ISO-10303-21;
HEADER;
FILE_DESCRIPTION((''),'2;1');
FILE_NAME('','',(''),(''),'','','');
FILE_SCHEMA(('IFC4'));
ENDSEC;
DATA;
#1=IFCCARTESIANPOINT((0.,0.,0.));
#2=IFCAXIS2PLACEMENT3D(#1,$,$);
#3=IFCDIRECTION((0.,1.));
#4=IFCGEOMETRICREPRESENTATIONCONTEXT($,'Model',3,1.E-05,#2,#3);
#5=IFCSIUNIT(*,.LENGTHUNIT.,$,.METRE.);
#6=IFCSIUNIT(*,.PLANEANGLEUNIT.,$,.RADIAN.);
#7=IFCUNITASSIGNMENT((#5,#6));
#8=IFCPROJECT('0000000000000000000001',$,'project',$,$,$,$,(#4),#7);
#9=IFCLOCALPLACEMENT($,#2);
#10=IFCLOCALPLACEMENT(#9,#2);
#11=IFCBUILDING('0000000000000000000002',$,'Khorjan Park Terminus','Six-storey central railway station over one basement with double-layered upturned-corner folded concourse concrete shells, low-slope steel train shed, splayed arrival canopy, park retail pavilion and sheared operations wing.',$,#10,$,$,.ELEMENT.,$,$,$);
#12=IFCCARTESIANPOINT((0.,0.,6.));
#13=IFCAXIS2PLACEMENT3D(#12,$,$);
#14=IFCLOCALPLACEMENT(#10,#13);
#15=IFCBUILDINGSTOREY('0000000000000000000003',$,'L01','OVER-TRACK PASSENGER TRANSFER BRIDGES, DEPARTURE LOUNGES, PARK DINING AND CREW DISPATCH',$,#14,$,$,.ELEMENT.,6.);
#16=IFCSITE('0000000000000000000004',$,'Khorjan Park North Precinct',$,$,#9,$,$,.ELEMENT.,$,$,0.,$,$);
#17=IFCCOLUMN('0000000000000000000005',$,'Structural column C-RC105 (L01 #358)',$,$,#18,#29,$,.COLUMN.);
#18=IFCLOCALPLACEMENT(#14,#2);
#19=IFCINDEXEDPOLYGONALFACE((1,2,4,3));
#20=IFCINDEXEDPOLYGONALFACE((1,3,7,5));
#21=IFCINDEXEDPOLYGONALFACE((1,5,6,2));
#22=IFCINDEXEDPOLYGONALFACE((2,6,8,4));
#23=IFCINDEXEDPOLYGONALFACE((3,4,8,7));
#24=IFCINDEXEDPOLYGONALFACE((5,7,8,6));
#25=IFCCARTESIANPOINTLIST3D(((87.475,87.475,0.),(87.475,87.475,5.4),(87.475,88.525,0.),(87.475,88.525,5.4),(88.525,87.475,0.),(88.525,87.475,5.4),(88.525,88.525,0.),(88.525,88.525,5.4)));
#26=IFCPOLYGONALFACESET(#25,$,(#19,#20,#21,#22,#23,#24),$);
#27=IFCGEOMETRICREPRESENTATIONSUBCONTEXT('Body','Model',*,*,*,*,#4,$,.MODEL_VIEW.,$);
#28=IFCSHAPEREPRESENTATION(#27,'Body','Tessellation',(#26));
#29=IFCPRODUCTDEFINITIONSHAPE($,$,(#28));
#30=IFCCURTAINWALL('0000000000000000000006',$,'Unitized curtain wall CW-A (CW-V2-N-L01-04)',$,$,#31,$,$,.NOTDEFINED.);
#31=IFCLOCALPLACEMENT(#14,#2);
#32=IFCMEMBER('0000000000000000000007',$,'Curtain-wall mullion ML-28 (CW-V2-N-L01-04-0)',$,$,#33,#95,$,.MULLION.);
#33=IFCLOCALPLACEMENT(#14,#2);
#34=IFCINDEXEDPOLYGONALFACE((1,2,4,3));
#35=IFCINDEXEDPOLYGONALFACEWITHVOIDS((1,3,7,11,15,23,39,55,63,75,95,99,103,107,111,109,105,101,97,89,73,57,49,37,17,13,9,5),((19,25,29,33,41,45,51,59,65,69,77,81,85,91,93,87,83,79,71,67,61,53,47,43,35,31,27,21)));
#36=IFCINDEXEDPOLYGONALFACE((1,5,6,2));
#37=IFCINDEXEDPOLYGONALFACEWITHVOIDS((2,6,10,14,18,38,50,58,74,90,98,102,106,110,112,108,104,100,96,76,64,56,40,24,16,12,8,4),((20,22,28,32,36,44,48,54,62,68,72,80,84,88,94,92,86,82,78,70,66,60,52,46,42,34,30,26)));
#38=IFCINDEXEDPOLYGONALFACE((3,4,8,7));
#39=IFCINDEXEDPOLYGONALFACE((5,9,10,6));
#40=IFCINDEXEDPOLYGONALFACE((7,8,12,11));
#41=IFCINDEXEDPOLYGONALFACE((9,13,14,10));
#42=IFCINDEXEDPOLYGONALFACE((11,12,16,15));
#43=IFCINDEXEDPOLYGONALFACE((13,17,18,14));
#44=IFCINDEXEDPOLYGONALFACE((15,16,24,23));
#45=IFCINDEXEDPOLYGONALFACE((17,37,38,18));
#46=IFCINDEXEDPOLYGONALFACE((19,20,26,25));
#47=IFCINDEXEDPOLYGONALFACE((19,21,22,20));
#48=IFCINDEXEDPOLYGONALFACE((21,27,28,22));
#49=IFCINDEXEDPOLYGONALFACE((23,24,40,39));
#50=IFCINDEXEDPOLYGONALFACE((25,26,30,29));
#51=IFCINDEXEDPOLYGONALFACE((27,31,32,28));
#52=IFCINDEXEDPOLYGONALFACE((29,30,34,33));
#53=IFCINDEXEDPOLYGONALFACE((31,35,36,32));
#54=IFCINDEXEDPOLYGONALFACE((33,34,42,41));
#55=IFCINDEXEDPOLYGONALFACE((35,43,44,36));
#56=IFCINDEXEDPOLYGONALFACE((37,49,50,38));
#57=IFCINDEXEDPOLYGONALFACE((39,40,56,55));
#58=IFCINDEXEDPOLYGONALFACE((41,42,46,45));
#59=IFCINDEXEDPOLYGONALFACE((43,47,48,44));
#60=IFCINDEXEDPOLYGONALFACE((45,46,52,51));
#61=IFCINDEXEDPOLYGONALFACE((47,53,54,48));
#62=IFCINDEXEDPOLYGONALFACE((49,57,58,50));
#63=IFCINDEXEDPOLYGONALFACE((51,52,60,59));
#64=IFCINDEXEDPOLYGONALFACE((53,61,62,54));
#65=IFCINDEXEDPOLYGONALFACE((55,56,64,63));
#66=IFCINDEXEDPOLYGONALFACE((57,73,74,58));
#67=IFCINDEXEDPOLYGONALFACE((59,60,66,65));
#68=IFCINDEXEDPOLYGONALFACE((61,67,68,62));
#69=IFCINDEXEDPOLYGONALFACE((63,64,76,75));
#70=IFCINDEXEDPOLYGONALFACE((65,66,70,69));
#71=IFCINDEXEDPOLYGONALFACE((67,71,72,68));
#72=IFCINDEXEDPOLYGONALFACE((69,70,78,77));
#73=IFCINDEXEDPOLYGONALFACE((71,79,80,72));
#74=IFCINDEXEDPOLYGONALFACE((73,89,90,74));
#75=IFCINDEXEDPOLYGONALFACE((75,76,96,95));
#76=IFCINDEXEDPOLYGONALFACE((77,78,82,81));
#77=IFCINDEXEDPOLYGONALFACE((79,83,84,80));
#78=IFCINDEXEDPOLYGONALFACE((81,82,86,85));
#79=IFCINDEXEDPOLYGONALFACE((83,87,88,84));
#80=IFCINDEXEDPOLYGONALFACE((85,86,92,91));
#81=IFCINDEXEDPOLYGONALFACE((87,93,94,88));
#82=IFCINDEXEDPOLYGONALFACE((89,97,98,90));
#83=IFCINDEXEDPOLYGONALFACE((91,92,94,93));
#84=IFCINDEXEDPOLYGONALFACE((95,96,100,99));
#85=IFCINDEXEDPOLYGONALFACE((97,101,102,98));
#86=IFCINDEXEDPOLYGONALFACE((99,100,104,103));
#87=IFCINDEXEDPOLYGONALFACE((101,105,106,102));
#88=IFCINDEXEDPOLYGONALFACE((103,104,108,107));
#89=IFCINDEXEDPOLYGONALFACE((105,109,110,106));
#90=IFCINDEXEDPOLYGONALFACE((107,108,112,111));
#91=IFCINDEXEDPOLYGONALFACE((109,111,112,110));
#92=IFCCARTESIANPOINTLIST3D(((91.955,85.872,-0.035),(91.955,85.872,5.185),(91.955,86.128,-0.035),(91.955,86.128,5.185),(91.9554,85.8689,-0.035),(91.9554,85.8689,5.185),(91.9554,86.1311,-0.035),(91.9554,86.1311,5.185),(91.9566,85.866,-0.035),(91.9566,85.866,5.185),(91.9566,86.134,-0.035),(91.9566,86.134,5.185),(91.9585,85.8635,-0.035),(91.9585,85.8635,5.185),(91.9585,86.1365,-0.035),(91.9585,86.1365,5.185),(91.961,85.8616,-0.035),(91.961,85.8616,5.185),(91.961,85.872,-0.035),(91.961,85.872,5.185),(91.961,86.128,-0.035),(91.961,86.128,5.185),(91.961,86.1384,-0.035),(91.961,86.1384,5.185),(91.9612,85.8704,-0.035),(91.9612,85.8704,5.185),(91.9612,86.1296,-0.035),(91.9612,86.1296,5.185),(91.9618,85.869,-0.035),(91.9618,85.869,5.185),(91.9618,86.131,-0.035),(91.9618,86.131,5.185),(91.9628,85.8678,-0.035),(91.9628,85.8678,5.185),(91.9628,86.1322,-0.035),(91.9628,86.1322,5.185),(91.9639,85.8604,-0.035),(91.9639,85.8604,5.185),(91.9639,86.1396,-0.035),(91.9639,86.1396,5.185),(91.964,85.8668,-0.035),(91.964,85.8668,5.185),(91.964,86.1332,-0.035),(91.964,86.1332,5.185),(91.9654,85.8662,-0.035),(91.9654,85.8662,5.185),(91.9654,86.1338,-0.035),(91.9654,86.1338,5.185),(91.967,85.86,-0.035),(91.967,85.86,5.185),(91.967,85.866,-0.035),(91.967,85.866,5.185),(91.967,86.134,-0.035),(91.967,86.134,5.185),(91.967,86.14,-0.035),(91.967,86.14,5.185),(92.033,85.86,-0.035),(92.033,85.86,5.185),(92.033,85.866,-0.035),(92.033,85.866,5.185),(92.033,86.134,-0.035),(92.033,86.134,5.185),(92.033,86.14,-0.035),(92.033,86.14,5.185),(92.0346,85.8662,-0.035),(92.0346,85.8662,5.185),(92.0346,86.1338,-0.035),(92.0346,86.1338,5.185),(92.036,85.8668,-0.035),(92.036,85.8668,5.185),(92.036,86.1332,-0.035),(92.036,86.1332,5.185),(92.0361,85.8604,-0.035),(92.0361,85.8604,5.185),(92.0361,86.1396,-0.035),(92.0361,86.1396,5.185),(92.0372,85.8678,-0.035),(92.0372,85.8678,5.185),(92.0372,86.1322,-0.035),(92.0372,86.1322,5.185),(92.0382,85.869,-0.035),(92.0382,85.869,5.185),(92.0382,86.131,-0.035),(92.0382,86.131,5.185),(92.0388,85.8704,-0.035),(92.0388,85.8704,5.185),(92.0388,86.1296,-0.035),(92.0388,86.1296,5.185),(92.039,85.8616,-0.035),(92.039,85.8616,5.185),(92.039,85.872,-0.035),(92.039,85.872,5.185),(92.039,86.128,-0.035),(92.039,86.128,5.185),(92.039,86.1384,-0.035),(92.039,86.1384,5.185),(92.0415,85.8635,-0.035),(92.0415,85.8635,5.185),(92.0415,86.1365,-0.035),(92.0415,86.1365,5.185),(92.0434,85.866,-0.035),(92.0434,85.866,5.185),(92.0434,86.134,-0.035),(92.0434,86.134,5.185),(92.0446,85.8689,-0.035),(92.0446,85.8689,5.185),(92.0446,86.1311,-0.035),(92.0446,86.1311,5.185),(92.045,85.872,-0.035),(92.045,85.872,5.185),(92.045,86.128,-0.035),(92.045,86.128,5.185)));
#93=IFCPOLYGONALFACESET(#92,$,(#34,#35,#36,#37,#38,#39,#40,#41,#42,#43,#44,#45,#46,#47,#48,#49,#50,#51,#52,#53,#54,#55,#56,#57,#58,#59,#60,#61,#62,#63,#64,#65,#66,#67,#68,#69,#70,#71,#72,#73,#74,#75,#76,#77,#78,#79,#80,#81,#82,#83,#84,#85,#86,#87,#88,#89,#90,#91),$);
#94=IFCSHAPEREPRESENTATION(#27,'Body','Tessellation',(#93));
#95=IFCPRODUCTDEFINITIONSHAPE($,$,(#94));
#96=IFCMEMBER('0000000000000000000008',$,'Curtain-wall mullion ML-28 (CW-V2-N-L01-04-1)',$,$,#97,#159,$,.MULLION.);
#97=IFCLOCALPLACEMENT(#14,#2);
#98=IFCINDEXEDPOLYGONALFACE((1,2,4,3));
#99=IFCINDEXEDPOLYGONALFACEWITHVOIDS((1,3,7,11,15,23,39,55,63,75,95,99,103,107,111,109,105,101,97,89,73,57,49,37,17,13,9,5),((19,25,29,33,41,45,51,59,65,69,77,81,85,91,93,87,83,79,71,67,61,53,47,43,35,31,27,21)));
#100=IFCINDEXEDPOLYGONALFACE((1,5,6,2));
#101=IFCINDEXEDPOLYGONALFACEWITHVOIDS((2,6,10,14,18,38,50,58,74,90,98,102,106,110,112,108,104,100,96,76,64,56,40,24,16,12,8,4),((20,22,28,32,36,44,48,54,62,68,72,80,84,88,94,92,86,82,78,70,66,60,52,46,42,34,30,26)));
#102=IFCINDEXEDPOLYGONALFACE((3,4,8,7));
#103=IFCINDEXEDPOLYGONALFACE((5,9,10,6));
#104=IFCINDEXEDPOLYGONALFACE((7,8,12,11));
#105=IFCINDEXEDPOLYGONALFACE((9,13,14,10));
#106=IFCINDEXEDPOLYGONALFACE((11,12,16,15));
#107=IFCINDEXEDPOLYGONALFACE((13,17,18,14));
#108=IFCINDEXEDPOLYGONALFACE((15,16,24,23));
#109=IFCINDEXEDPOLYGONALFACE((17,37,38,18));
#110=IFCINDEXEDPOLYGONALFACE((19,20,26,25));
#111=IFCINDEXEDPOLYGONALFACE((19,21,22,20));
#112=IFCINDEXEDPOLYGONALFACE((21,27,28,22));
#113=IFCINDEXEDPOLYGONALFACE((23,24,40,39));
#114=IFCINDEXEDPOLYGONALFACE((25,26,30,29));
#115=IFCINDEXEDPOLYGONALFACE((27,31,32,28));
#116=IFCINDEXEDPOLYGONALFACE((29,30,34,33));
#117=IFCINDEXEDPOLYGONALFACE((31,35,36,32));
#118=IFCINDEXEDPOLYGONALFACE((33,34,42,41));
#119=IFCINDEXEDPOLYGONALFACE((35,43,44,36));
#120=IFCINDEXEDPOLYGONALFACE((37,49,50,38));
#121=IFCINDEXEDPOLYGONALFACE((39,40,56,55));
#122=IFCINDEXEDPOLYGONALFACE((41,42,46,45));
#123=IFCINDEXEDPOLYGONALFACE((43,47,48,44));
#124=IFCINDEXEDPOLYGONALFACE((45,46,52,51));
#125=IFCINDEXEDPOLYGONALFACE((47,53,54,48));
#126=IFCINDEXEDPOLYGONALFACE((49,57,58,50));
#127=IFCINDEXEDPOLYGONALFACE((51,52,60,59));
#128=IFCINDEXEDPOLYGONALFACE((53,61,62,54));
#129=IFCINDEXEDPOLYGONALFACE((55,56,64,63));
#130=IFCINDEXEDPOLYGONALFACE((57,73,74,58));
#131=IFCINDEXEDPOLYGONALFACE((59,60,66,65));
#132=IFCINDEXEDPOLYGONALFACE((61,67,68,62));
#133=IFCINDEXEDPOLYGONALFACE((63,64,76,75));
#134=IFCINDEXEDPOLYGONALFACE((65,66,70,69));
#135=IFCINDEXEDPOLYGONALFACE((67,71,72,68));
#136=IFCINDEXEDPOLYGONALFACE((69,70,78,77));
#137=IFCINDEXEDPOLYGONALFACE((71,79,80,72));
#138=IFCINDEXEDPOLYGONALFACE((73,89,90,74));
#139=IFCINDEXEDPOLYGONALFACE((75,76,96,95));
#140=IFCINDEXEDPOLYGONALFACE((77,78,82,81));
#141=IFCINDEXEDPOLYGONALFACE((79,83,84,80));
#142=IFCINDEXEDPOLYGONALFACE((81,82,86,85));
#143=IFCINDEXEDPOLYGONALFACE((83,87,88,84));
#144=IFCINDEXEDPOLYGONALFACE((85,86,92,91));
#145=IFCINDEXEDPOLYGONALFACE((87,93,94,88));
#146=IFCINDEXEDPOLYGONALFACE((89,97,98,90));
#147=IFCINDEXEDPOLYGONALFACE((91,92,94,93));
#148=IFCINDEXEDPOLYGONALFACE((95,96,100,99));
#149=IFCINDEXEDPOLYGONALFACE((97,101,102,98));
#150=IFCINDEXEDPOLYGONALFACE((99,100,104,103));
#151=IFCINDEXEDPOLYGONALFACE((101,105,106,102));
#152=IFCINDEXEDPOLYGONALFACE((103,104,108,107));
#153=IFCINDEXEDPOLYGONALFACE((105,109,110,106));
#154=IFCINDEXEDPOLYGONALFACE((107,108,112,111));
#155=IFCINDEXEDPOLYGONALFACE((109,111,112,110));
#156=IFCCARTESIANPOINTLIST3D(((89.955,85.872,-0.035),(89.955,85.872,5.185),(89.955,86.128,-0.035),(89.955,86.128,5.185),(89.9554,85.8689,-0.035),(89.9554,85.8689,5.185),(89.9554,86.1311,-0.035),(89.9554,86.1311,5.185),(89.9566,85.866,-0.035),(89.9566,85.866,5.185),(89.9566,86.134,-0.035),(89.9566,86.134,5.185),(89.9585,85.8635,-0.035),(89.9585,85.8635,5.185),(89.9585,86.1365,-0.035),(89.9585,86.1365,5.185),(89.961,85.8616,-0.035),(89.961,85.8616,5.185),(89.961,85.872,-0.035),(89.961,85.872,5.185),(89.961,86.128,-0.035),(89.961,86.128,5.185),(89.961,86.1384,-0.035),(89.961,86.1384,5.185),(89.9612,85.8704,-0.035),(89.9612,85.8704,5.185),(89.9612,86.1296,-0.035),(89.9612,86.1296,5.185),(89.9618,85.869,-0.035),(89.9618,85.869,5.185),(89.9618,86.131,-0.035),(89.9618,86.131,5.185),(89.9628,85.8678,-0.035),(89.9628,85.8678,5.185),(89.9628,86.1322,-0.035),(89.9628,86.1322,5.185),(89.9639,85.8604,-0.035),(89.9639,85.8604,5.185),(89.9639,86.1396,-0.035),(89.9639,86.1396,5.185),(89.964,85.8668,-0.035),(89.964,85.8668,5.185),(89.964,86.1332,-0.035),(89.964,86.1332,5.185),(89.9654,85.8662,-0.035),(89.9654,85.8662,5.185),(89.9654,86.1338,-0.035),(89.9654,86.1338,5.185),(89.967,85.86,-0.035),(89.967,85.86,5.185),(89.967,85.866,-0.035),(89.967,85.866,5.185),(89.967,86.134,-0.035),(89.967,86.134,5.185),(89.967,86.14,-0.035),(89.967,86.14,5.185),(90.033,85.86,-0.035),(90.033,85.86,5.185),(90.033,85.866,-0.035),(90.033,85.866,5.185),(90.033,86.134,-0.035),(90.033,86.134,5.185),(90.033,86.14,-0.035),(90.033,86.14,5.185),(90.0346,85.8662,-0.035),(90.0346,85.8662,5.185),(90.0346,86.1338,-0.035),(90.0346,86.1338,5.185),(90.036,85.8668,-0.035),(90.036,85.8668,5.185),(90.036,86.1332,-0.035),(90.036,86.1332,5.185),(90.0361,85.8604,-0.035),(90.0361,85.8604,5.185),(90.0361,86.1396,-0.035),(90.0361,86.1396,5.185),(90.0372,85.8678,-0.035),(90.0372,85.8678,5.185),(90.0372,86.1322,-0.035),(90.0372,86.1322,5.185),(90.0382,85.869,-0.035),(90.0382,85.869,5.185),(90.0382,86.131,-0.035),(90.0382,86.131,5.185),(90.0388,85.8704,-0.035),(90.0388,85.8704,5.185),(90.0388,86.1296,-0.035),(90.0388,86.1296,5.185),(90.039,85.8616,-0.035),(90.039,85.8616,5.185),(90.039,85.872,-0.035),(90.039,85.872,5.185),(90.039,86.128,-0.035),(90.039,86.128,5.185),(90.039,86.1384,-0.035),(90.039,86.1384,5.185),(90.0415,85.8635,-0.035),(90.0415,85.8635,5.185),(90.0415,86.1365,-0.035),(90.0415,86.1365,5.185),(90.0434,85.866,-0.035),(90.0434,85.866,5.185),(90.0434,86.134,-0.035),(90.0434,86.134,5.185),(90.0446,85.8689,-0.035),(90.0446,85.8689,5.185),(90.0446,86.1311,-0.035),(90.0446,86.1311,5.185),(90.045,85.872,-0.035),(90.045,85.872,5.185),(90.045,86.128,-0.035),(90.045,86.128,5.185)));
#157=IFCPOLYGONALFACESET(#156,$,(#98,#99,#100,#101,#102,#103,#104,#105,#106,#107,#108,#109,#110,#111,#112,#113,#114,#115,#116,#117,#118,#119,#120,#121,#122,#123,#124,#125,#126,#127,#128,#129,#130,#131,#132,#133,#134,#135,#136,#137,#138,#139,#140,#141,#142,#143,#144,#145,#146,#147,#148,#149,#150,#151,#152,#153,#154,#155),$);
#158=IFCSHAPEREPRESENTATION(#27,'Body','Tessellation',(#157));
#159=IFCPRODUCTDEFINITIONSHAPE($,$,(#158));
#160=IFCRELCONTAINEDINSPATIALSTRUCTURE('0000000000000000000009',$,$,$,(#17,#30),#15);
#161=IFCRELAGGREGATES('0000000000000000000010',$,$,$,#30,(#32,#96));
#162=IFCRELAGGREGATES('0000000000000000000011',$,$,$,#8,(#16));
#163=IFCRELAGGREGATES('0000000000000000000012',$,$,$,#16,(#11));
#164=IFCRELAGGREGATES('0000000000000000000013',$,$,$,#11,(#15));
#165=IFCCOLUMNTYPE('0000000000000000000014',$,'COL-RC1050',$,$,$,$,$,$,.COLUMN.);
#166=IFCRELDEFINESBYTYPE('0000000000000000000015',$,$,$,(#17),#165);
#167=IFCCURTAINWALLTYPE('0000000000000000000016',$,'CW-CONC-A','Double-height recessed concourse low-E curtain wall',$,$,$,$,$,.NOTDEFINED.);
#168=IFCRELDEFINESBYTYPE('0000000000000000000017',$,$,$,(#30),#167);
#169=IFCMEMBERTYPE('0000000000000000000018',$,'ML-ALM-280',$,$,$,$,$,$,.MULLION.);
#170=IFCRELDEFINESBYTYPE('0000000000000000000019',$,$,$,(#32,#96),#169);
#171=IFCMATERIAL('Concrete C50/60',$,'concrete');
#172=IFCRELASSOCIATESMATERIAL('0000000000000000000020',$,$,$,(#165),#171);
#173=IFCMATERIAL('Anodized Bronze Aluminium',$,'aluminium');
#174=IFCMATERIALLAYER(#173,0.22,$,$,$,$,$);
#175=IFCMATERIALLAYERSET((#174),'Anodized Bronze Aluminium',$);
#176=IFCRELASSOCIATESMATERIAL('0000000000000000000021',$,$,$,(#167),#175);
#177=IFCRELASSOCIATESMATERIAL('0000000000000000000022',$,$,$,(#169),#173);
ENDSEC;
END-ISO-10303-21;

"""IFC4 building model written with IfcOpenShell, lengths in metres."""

from ifc_helpers import new_model, si_unit, direction, frame, origin, origin_2d, place, context, subcontext, project, spatial, rectangle, hollow_rectangle, extrude, material, layer, layer_set, material_profile, profile_set, type_object, element, aggregate, save


model = new_model("IFC4")

# Units and contexts
model_context = context("Model", 3, precision=1e-05, world=origin(), true_north=direction((0.0, 1.0)))
body_context = subcontext(model_context, "Body", "Model", "MODEL_VIEW")
ifc_project = project(units=[si_unit("LENGTHUNIT", "METRE"), si_unit("PLANEANGLEUNIT", "RADIAN")], contexts=[model_context])

# Site, building, storey
site_placement = place(None, origin())
site = spatial("IfcSite", under=ifc_project, at=site_placement, Name="Khorjan Park North Precinct", CompositionType="ELEMENT", RefElevation=0.0)
building_placement = place(site_placement, origin())
building = spatial("IfcBuilding", under=site, at=building_placement, Name="Khorjan Park Terminus", Description="Six-storey central railway station over one basement with double-layered upturned-corner folded concourse concrete shells, low-slope steel train shed, splayed arrival canopy, park retail pavilion and sheared operations wing.", CompositionType="ELEMENT")
storey_placement = place(building_placement, frame((0.0, 0.0, 6.0)))
storey = spatial("IfcBuildingStorey", under=building, at=storey_placement, Name="L01", Description="OVER-TRACK PASSENGER TRANSFER BRIDGES, DEPARTURE LOUNGES, PARK DINING AND CREW DISPATCH", CompositionType="ELEMENT", Elevation=6.0)

# Column
ifc_material_1 = material(Name="Concrete C50/60", Category="concrete")
ifc_material_profile_1 = material_profile(ifc_material_1, rectangle(XDim=1.05, YDim=1.05, at=origin_2d()), Name="RC 1050x1050")
ifc_profile_set_1 = profile_set([ifc_material_profile_1], Name="Concrete C50/60")
column_type = type_object("IfcColumnType", Name="COL-RC1050", PredefinedType="COLUMN", material=ifc_profile_set_1)
column_placement = place(storey_placement, frame((88.0, 88.0, 0.0), z_axis=(0.0, 0.0, 1.0), x_axis=(1.0, 0.0, 0.0)))
element("IfcColumn", 1, at=column_placement, inside=storey, type_object=column_type, Name="Structural column C-RC105 (L01 #358)", PredefinedType="COLUMN", context=body_context, shape_type="SweptSolid", body=[
    extrude(rectangle(XDim=1.05, YDim=1.05, at=origin_2d()), origin(), (0.0, 0.0, 1.0), 5.4),
])

# Curtain wall, members
ifc_material_2 = material(Name="Anodized Bronze Aluminium", Category="aluminium")
ifc_layer_1 = layer(ifc_material_2, 0.22)
ifc_layer_set_1 = layer_set([ifc_layer_1], Name="Anodized Bronze Aluminium")
curtain_wall_type = type_object("IfcCurtainWallType", Name="CW-CONC-A", Description="Double-height recessed concourse low-E curtain wall", PredefinedType="NOTDEFINED", material=ifc_layer_set_1)
curtain_wall_placement = place(storey_placement, origin())
curtain_wall = element("IfcCurtainWall", 2, at=curtain_wall_placement, inside=storey, type_object=curtain_wall_type, Name="Unitized curtain wall CW-A (CW-V2-N-L01-04)", PredefinedType="NOTDEFINED")
ifc_material_profile_2 = material_profile(ifc_material_2, hollow_rectangle(XDim=0.09, YDim=0.28, WallThickness=0.006, InnerFilletRadius=0.006, OuterFilletRadius=0.012, at=origin_2d()), Name="ALM 90x280x6")
ifc_profile_set_2 = profile_set([ifc_material_profile_2], Name="Anodized Bronze Aluminium")
member_type_1 = type_object("IfcMemberType", Name="ML-ALM-280", PredefinedType="MULLION", material=ifc_profile_set_2)
member_1_placement = place(storey_placement, frame((92.0, 86.0, -0.035), z_axis=(0.0, 0.0, 1.0), x_axis=(-1.0, 0.0, 0.0)))
member_1 = element("IfcMember", 3, at=member_1_placement, type_object=member_type_1, Name="Curtain-wall mullion ML-28 (CW-V2-N-L01-04-0)", PredefinedType="MULLION", context=body_context, shape_type="SweptSolid", body=[
    extrude(hollow_rectangle(XDim=0.09, YDim=0.28, WallThickness=0.006, InnerFilletRadius=0.006, OuterFilletRadius=0.012, at=origin_2d()), origin(), (0.0, 0.0, 1.0), 5.22),
])
member_2_placement = place(storey_placement, frame((90.0, 86.0, -0.035), z_axis=(0.0, 0.0, 1.0), x_axis=(-1.0, 0.0, 0.0)))
member_2 = element("IfcMember", 4, at=member_2_placement, type_object=member_type_1, Name="Curtain-wall mullion ML-28 (CW-V2-N-L01-04-1)", PredefinedType="MULLION", context=body_context, shape_type="SweptSolid", body=[
    extrude(hollow_rectangle(XDim=0.09, YDim=0.28, WallThickness=0.006, InnerFilletRadius=0.006, OuterFilletRadius=0.012, at=origin_2d()), origin(), (0.0, 0.0, 1.0), 5.22),
])

aggregate(curtain_wall, [member_1, member_2])

save(model, "model.ifc")
